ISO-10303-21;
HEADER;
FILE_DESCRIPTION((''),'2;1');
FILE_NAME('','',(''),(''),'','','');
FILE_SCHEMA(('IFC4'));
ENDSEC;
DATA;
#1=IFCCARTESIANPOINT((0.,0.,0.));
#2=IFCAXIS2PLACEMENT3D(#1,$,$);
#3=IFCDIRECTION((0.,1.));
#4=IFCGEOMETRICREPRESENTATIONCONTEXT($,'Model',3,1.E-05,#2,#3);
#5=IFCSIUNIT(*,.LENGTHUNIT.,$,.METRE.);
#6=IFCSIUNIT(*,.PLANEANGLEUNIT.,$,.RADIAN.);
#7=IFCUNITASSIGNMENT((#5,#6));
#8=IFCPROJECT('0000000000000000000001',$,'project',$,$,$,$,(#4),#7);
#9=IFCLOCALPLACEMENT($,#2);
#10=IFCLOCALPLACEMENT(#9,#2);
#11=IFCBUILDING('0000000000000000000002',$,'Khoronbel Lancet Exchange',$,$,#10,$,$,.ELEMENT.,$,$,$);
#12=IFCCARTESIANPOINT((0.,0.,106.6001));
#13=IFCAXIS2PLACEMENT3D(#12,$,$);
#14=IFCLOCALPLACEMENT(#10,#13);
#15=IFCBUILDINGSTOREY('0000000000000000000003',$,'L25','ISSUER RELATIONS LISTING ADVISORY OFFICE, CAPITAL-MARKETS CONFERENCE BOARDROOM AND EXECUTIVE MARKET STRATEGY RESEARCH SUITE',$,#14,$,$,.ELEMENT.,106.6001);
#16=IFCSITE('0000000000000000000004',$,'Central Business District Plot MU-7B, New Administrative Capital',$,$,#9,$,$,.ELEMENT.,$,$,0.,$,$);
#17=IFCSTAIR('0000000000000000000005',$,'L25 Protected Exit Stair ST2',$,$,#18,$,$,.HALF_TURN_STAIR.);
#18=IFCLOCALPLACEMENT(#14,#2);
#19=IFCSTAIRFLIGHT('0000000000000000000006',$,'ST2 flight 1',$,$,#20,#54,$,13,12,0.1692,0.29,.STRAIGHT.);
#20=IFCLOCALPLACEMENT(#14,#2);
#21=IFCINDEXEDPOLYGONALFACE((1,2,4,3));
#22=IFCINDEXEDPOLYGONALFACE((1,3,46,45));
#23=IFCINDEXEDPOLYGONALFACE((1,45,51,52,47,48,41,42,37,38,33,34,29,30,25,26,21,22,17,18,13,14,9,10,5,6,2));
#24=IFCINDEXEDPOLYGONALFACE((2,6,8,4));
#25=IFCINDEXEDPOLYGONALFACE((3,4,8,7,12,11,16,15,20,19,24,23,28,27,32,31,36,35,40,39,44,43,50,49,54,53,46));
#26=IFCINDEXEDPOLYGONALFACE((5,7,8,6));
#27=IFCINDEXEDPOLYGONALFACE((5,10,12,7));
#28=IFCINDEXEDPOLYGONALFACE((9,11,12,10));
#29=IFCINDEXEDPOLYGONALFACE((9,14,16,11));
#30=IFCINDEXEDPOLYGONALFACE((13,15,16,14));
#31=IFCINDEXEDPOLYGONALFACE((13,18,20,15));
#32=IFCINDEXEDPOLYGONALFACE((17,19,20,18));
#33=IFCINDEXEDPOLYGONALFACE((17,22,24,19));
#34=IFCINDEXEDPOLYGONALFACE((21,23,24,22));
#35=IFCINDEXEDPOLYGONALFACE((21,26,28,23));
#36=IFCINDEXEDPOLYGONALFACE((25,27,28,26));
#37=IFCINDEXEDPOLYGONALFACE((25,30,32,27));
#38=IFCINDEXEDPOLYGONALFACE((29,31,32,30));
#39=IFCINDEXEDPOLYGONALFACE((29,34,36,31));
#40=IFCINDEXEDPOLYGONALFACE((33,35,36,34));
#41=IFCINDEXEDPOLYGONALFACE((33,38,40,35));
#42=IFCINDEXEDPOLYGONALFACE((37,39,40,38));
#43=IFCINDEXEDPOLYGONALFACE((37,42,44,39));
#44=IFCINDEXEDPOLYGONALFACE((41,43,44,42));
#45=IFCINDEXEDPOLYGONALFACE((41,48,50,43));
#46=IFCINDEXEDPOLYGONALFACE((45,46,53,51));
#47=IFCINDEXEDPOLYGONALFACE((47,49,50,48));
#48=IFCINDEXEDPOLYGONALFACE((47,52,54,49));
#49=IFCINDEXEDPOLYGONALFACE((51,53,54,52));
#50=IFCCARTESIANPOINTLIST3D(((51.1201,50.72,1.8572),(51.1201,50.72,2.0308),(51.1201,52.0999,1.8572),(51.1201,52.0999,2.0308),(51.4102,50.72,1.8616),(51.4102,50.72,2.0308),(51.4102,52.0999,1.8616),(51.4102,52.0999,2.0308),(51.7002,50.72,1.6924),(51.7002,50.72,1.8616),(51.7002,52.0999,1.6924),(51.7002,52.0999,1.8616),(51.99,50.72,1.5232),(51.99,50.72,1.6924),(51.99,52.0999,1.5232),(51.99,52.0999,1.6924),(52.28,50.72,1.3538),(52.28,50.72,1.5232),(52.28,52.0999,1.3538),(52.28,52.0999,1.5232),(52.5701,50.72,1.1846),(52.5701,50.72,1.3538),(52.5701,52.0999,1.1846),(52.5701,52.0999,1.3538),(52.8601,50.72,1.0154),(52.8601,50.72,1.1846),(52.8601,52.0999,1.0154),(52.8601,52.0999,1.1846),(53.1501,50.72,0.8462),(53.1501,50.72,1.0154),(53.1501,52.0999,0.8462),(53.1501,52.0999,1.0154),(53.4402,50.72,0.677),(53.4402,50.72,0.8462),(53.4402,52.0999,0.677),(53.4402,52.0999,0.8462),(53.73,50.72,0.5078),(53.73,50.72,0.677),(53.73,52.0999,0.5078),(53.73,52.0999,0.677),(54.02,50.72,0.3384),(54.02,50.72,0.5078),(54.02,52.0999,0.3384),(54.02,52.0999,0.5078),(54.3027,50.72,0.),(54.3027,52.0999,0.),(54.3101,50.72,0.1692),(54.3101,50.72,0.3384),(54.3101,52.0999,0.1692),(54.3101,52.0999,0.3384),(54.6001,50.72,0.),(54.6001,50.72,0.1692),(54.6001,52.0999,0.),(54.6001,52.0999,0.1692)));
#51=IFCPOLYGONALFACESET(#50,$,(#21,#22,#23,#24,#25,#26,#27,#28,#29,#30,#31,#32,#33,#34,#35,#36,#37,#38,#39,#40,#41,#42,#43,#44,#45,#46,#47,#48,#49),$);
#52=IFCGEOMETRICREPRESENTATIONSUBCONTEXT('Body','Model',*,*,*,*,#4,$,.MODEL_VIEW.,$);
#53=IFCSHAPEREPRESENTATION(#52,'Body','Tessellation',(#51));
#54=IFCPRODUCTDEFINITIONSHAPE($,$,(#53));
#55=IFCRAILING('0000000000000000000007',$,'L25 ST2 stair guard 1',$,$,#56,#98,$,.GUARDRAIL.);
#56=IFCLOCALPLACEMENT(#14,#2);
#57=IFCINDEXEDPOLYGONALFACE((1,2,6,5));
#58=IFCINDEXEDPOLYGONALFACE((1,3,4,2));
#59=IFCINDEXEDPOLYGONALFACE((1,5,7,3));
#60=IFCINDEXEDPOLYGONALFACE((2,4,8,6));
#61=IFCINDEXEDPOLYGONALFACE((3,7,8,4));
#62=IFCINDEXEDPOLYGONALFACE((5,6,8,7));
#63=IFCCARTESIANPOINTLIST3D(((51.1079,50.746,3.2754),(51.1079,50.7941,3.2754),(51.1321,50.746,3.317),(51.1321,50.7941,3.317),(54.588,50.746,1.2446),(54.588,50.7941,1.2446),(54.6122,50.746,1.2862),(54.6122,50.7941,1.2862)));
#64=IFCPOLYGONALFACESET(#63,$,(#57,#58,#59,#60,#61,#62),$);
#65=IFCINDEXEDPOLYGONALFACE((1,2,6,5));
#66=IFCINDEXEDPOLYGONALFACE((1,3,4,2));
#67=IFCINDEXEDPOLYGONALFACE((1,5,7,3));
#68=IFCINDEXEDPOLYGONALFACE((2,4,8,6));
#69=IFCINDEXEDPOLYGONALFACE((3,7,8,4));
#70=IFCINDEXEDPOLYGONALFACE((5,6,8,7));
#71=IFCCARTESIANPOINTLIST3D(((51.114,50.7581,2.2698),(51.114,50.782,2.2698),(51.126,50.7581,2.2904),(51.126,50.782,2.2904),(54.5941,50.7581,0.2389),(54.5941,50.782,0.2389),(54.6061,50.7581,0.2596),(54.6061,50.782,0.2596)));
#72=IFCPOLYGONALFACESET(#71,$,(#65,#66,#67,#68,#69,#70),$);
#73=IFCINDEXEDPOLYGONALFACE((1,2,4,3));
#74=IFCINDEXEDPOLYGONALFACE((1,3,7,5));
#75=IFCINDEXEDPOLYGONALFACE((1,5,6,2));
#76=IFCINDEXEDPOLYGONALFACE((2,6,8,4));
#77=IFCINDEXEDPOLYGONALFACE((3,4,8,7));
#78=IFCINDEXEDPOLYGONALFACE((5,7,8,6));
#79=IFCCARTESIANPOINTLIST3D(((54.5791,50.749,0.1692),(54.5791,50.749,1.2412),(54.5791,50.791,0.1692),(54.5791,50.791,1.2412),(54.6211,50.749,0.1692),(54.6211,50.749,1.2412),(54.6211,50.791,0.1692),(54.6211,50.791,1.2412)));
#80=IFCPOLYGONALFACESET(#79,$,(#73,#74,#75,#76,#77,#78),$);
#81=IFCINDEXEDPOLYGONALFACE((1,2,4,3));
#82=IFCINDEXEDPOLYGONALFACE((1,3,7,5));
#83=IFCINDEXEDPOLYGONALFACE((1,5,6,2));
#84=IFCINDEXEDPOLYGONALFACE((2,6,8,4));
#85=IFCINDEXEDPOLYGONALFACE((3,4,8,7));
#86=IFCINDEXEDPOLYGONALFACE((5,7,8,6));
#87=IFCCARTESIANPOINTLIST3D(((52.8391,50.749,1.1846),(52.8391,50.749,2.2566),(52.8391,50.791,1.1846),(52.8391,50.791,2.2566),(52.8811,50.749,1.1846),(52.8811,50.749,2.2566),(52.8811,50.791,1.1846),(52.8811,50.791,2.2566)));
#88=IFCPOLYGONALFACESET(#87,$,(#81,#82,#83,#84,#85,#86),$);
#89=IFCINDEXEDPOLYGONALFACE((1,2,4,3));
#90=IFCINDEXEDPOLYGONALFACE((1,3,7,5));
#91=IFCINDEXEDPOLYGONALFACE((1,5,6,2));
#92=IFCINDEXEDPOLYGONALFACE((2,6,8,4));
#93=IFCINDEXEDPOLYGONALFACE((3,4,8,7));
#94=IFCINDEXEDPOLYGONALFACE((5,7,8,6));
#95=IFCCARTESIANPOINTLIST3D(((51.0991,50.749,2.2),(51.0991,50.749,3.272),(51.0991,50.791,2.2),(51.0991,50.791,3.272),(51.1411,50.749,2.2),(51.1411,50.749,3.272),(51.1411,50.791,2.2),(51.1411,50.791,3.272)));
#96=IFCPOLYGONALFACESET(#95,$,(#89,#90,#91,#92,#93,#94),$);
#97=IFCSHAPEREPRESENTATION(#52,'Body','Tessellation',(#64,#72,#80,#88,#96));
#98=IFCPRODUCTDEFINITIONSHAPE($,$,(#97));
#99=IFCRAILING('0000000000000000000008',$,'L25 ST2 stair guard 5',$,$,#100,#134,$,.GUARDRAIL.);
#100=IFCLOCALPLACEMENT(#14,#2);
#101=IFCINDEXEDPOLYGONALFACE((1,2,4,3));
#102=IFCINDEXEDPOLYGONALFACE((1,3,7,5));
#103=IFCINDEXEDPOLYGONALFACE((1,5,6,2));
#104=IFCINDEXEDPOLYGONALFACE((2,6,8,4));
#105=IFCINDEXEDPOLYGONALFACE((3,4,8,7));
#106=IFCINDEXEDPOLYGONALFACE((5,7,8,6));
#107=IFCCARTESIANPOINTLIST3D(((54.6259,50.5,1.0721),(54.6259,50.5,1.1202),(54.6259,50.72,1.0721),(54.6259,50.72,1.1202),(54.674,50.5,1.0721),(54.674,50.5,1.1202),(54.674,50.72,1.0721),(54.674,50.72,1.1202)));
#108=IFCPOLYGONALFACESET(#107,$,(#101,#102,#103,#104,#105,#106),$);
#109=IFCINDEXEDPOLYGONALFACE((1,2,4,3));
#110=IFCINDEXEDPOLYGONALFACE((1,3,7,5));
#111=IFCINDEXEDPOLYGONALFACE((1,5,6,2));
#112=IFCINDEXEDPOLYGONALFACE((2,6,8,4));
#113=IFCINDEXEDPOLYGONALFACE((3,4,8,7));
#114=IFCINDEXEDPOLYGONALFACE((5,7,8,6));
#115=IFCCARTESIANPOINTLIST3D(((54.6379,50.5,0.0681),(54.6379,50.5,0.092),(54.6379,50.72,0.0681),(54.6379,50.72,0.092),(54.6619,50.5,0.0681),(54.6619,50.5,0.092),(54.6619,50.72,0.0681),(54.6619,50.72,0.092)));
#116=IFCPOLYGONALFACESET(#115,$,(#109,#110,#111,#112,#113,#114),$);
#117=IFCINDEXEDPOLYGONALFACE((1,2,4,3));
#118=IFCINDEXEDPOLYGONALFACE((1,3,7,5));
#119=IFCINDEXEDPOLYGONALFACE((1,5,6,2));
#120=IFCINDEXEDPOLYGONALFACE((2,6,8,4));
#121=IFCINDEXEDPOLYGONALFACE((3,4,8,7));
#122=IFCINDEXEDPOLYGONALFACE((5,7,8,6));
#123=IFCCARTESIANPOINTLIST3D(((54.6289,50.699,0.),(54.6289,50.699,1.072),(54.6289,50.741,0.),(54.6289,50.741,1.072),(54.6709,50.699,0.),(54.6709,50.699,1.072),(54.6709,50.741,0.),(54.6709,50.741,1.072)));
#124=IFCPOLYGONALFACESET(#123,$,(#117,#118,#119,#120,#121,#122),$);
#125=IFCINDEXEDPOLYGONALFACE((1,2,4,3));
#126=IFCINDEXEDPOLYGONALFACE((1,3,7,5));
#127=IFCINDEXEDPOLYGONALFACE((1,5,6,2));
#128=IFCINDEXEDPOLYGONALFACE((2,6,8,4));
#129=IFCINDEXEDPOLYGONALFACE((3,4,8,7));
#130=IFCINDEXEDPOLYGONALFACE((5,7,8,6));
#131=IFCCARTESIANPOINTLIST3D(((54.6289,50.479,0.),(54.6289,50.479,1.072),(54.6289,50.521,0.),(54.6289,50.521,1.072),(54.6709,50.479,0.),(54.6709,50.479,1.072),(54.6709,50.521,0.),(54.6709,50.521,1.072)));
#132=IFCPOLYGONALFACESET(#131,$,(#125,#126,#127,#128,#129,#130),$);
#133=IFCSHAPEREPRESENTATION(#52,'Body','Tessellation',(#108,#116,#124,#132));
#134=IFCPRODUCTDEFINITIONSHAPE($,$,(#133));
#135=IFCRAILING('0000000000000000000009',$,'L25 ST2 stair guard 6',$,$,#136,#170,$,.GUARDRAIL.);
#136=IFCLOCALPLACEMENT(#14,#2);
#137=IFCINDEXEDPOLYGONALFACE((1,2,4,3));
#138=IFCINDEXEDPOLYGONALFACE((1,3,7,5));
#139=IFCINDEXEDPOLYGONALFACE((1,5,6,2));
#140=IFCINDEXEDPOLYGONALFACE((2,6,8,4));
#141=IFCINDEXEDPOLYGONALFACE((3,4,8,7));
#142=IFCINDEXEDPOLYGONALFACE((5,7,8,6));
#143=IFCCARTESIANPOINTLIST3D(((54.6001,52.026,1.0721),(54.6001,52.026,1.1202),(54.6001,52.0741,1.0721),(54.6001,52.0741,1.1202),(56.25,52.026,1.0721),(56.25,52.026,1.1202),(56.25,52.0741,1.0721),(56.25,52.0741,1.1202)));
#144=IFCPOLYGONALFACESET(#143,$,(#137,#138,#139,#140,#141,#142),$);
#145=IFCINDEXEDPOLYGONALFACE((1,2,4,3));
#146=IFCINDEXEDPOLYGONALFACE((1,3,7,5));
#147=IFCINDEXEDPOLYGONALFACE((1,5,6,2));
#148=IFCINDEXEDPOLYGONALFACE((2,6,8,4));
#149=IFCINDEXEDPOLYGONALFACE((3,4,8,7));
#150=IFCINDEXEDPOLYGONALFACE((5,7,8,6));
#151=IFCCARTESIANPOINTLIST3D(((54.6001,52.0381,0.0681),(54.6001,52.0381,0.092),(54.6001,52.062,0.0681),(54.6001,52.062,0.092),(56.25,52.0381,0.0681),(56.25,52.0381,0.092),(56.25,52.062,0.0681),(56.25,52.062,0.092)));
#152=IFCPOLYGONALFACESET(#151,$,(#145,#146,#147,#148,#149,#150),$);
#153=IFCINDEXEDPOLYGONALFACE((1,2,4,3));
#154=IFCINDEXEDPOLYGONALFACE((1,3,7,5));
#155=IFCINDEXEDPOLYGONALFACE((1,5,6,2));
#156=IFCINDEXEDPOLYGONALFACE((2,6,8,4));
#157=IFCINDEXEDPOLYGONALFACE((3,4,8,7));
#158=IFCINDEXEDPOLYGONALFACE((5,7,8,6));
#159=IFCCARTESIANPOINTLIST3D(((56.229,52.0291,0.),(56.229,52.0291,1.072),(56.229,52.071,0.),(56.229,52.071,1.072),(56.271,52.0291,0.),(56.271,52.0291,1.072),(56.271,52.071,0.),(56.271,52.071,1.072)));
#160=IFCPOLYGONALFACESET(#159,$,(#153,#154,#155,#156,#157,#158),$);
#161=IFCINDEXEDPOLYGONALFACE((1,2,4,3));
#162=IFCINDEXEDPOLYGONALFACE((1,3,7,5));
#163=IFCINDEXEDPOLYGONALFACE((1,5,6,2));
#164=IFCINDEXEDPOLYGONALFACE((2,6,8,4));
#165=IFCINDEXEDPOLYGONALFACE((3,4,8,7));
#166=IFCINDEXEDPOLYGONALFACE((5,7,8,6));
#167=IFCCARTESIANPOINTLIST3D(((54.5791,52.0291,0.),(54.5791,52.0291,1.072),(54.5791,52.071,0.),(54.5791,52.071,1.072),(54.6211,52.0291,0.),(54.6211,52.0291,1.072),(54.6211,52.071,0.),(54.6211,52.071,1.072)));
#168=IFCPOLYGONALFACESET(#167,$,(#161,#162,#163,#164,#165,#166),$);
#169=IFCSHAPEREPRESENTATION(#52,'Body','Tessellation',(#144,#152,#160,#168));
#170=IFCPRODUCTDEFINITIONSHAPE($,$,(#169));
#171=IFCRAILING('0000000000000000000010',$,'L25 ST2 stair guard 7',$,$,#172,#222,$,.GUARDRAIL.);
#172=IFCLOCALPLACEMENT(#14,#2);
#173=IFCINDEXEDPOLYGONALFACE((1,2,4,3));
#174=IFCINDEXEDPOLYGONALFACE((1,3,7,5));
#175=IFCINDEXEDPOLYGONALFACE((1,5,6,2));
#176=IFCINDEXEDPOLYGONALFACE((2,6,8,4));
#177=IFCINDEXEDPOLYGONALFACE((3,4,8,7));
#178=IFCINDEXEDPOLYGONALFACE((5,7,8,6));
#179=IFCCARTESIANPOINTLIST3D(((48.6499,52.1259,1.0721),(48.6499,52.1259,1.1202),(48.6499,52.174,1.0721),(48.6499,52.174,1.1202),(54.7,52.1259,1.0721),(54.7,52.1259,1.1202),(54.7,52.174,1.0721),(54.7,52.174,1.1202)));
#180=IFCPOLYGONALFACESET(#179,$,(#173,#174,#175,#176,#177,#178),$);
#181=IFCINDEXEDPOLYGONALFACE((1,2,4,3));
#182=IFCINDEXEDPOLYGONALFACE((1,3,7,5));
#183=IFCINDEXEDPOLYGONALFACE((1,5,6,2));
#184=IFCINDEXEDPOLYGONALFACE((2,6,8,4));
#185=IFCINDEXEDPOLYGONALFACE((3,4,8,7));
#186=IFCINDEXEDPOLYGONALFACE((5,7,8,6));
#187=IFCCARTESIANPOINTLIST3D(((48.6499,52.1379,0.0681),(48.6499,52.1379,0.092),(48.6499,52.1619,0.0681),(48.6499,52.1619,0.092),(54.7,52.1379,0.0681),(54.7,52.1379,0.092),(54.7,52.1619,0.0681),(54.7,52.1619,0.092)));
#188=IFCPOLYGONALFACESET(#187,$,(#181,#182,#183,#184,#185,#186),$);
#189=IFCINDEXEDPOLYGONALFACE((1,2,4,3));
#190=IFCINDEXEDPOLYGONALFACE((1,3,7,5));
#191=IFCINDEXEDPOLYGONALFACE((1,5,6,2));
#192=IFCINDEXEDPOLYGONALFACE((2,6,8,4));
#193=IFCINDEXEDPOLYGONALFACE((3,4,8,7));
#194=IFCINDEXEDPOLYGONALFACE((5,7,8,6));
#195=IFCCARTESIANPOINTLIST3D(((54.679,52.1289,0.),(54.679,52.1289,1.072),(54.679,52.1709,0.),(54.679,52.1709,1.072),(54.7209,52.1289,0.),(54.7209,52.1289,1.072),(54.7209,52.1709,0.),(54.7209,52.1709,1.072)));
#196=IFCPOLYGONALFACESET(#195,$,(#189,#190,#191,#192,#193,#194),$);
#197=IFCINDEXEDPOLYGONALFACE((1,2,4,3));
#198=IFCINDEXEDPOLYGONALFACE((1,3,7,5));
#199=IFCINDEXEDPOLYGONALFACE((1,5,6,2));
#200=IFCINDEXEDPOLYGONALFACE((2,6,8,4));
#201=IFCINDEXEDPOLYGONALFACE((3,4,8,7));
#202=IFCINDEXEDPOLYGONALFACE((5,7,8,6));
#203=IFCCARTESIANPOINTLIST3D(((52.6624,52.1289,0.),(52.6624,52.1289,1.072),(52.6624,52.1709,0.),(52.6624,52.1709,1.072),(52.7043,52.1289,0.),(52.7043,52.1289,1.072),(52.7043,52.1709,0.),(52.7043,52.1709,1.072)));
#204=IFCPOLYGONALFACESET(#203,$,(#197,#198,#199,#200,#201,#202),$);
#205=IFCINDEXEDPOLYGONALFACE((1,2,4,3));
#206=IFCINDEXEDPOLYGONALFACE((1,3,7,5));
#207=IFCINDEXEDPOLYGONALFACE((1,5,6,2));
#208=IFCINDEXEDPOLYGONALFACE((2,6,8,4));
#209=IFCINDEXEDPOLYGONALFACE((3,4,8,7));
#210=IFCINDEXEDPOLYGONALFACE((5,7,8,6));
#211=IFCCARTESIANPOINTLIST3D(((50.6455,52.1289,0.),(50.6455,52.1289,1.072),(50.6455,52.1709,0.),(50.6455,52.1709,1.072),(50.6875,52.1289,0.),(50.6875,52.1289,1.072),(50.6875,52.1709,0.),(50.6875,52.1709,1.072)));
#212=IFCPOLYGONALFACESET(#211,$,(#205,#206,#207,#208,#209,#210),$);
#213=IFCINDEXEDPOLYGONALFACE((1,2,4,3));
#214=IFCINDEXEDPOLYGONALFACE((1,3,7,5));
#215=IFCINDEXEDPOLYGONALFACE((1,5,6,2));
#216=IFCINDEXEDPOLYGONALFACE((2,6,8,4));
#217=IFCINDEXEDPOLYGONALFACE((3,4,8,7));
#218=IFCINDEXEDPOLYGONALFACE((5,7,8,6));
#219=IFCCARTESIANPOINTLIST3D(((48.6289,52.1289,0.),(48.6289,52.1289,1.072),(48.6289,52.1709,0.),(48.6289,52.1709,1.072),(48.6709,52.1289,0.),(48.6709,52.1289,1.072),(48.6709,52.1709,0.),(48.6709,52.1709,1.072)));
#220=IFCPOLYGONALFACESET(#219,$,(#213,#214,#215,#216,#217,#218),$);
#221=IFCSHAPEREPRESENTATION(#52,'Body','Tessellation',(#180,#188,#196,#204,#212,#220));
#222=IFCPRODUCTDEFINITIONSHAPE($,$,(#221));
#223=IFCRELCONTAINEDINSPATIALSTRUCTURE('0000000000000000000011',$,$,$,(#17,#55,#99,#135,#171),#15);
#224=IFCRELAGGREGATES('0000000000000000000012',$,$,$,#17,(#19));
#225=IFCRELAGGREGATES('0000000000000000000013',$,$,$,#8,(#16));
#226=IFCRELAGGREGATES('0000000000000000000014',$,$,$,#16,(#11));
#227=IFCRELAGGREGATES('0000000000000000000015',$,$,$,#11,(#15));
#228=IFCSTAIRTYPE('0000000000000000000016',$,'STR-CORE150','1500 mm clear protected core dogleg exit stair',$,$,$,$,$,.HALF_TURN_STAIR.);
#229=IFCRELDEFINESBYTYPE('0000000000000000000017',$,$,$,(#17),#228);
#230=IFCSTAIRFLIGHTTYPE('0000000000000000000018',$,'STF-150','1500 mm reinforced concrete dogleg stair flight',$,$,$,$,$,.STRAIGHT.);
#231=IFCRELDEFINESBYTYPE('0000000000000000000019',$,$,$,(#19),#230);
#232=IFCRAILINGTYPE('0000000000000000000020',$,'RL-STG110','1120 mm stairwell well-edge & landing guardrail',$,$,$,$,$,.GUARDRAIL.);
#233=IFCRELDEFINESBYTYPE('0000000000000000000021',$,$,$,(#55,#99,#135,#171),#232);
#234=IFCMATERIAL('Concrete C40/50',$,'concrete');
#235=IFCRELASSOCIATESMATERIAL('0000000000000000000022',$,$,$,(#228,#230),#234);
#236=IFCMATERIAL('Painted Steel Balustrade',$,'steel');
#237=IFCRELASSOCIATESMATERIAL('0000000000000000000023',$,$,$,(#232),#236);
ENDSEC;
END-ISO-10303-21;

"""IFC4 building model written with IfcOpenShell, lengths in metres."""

from ifc_helpers import new_model, si_unit, direction, frame, origin, origin_2d, place, context, subcontext, project, spatial, polyline, rectangle, outline, extrude, material, type_object, element, aggregate, save


model = new_model("IFC4")

# Units and contexts
model_context = context("Model", 3, precision=1e-05, world=origin(), true_north=direction((0.0, 1.0)))
body_context = subcontext(model_context, "Body", "Model", "MODEL_VIEW")
ifc_project = project(units=[si_unit("LENGTHUNIT", "METRE"), si_unit("PLANEANGLEUNIT", "RADIAN")], contexts=[model_context])

# Site, building, storey
site_placement = place(None, origin())
site = spatial("IfcSite", under=ifc_project, at=site_placement, Name="Central Business District Plot MU-7B, New Administrative Capital", CompositionType="ELEMENT", RefElevation=0.0)
building_placement = place(site_placement, origin())
building = spatial("IfcBuilding", under=site, at=building_placement, Name="Khoronbel Lancet Exchange", CompositionType="ELEMENT")
storey_placement = place(building_placement, frame((0.0, 0.0, 106.6001)))
storey = spatial("IfcBuildingStorey", under=building, at=storey_placement, Name="L25", Description="ISSUER RELATIONS LISTING ADVISORY OFFICE, CAPITAL-MARKETS CONFERENCE BOARDROOM AND EXECUTIVE MARKET STRATEGY RESEARCH SUITE", CompositionType="ELEMENT", Elevation=106.6001)

# Stair, stair flight
ifc_material_1 = material(Name="Concrete C40/50", Category="concrete")
stair_type = type_object("IfcStairType", Name="STR-CORE150", Description="1500 mm clear protected core dogleg exit stair", PredefinedType="HALF_TURN_STAIR", material=ifc_material_1)
stair_placement = place(storey_placement, origin())
stair = element("IfcStair", 1, at=stair_placement, inside=storey, type_object=stair_type, Name="L25 Protected Exit Stair ST2", PredefinedType="HALF_TURN_STAIR")
stair_flight_type = type_object("IfcStairFlightType", Name="STF-150", Description="1500 mm reinforced concrete dogleg stair flight", PredefinedType="STRAIGHT", material=ifc_material_1)
stair_flight_placement = place(storey_placement, frame((54.6001, 51.4099, 0.0), z_axis=(0.0, 0.0, 1.0), x_axis=(-1.0, 0.0, 0.0)))
stair_flight = element("IfcStairFlight", 2, at=stair_flight_placement, type_object=stair_flight_type, Name="ST2 flight 1", NumberOfRisers=13, NumberOfTreads=12, PredefinedType="STRAIGHT", RiserHeight=0.1692, TreadLength=0.29, context=body_context, shape_type="SweptSolid", body=[
    extrude(outline(polyline([(0.0, 0.0), (0.0, 0.1692), (0.29, 0.1692), (0.29, 0.3384), (0.5801, 0.3384), (0.5801, 0.5078), (0.8701, 0.5078), (0.8701, 0.677), (1.1599, 0.677), (1.1599, 0.8462), (1.45, 0.8462), (1.45, 1.0154), (1.74, 1.0154), (1.74, 1.1846), (2.03, 1.1846), (2.03, 1.3538), (2.3201, 1.3538), (2.3201, 1.5232), (2.6101, 1.5232), (2.6101, 1.6924), (2.8999, 1.6924), (2.8999, 1.8616), (3.1899, 1.8616), (3.1899, 2.0308), (3.48, 2.0308), (3.48, 2.2), (3.48, 1.8572), (0.2974, 0.0), (0.0, 0.0)])), frame((0.0, 0.6899, 0.0), z_axis=(0.0, -1.0, 0.0), x_axis=(1.0, 0.0, 0.0)), (0.0, 0.0, 1.0), 1.3799),
])
aggregate(stair, [stair_flight])

# Railings
ifc_material_2 = material(Name="Painted Steel Balustrade", Category="steel")
railing_type_1 = type_object("IfcRailingType", Name="RL-STG110", Description="1120 mm stairwell well-edge & landing guardrail", PredefinedType="GUARDRAIL", material=ifc_material_2)
railing_1_placement = place(storey_placement, frame((54.6001, 50.77, 0.1692)))
element("IfcRailing", 3, at=railing_1_placement, inside=storey, type_object=railing_type_1, Name="L25 ST2 stair guard 1", PredefinedType="GUARDRAIL", context=body_context, shape_type="SweptSolid", body=[
    extrude(rectangle(XDim=0.0481, YDim=0.0481, at=origin_2d()), frame((0.0, 0.0, 1.0962), z_axis=(-0.863695, 0.0, 0.504014), x_axis=(0.0, -1.0, 0.0)), (0.0, 0.0, 1.0), 4.0293),
    extrude(rectangle(XDim=0.0239, YDim=0.0239, at=origin_2d()), frame((0.0, 0.0, 0.0801), z_axis=(-0.863695, 0.0, 0.504014), x_axis=(0.0, -1.0, 0.0)), (0.0, 0.0, 1.0), 4.0293),
    extrude(rectangle(XDim=0.042, YDim=0.042, at=origin_2d()), origin(), (0.0, 0.0, 1.0), 1.072),
    extrude(rectangle(XDim=0.042, YDim=0.042, at=origin_2d()), frame((-1.74, 0.0, 1.0154)), (0.0, 0.0, 1.0), 1.072),
    extrude(rectangle(XDim=0.042, YDim=0.042, at=origin_2d()), frame((-3.48, 0.0, 2.0308)), (0.0, 0.0, 1.0), 1.072),
])
railing_2_placement = place(storey_placement, frame((54.6499, 50.72, 0.0)))
element("IfcRailing", 4, at=railing_2_placement, inside=storey, type_object=railing_type_1, Name="L25 ST2 stair guard 5", PredefinedType="GUARDRAIL", context=body_context, shape_type="SweptSolid", body=[
    extrude(rectangle(XDim=0.0481, YDim=0.0481, at=origin_2d()), frame((0.0, 0.0, 1.0962), z_axis=(0.0, -1.0, 0.0), x_axis=(1.0, 0.0, 0.0)), (0.0, 0.0, 1.0), 0.22),
    extrude(rectangle(XDim=0.0239, YDim=0.0239, at=origin_2d()), frame((0.0, 0.0, 0.0801), z_axis=(0.0, -1.0, 0.0), x_axis=(1.0, 0.0, 0.0)), (0.0, 0.0, 1.0), 0.22),
    extrude(rectangle(XDim=0.042, YDim=0.042, at=origin_2d()), origin(), (0.0, 0.0, 1.0), 1.072),
    extrude(rectangle(XDim=0.042, YDim=0.042, at=origin_2d()), frame((0.0, -0.22, 0.0)), (0.0, 0.0, 1.0), 1.072),
])
railing_3_placement = place(storey_placement, frame((56.25, 52.05, 0.0)))
element("IfcRailing", 5, at=railing_3_placement, inside=storey, type_object=railing_type_1, Name="L25 ST2 stair guard 6", PredefinedType="GUARDRAIL", context=body_context, shape_type="SweptSolid", body=[
    extrude(rectangle(XDim=0.0481, YDim=0.0481, at=origin_2d()), frame((0.0, 0.0, 1.0962), z_axis=(-1.0, 0.0, 0.0), x_axis=(0.0, -1.0, 0.0)), (0.0, 0.0, 1.0), 1.6499),
    extrude(rectangle(XDim=0.0239, YDim=0.0239, at=origin_2d()), frame((0.0, 0.0, 0.0801), z_axis=(-1.0, 0.0, 0.0), x_axis=(0.0, -1.0, 0.0)), (0.0, 0.0, 1.0), 1.6499),
    extrude(rectangle(XDim=0.042, YDim=0.042, at=origin_2d()), origin(), (0.0, 0.0, 1.0), 1.072),
    extrude(rectangle(XDim=0.042, YDim=0.042, at=origin_2d()), frame((-1.6499, 0.0, 0.0)), (0.0, 0.0, 1.0), 1.072),
])
railing_4_placement = place(storey_placement, frame((54.7, 52.1499, 0.0)))
element("IfcRailing", 6, at=railing_4_placement, inside=storey, type_object=railing_type_1, Name="L25 ST2 stair guard 7", PredefinedType="GUARDRAIL", context=body_context, shape_type="SweptSolid", body=[
    extrude(rectangle(XDim=0.0481, YDim=0.0481, at=origin_2d()), frame((0.0, 0.0, 1.0962), z_axis=(-1.0, 0.0, 0.0), x_axis=(0.0, -1.0, 0.0)), (0.0, 0.0, 1.0), 6.05),
    extrude(rectangle(XDim=0.0239, YDim=0.0239, at=origin_2d()), frame((0.0, 0.0, 0.0801), z_axis=(-1.0, 0.0, 0.0), x_axis=(0.0, -1.0, 0.0)), (0.0, 0.0, 1.0), 6.05),
    extrude(rectangle(XDim=0.042, YDim=0.042, at=origin_2d()), origin(), (0.0, 0.0, 1.0), 1.072),
    extrude(rectangle(XDim=0.042, YDim=0.042, at=origin_2d()), frame((-2.0166, 0.0, 0.0)), (0.0, 0.0, 1.0), 1.072),
    extrude(rectangle(XDim=0.042, YDim=0.042, at=origin_2d()), frame((-4.0334, 0.0, 0.0)), (0.0, 0.0, 1.0), 1.072),
    extrude(rectangle(XDim=0.042, YDim=0.042, at=origin_2d()), frame((-6.05, 0.0, 0.0)), (0.0, 0.0, 1.0), 1.072),
])

save(model, "model.ifc")
